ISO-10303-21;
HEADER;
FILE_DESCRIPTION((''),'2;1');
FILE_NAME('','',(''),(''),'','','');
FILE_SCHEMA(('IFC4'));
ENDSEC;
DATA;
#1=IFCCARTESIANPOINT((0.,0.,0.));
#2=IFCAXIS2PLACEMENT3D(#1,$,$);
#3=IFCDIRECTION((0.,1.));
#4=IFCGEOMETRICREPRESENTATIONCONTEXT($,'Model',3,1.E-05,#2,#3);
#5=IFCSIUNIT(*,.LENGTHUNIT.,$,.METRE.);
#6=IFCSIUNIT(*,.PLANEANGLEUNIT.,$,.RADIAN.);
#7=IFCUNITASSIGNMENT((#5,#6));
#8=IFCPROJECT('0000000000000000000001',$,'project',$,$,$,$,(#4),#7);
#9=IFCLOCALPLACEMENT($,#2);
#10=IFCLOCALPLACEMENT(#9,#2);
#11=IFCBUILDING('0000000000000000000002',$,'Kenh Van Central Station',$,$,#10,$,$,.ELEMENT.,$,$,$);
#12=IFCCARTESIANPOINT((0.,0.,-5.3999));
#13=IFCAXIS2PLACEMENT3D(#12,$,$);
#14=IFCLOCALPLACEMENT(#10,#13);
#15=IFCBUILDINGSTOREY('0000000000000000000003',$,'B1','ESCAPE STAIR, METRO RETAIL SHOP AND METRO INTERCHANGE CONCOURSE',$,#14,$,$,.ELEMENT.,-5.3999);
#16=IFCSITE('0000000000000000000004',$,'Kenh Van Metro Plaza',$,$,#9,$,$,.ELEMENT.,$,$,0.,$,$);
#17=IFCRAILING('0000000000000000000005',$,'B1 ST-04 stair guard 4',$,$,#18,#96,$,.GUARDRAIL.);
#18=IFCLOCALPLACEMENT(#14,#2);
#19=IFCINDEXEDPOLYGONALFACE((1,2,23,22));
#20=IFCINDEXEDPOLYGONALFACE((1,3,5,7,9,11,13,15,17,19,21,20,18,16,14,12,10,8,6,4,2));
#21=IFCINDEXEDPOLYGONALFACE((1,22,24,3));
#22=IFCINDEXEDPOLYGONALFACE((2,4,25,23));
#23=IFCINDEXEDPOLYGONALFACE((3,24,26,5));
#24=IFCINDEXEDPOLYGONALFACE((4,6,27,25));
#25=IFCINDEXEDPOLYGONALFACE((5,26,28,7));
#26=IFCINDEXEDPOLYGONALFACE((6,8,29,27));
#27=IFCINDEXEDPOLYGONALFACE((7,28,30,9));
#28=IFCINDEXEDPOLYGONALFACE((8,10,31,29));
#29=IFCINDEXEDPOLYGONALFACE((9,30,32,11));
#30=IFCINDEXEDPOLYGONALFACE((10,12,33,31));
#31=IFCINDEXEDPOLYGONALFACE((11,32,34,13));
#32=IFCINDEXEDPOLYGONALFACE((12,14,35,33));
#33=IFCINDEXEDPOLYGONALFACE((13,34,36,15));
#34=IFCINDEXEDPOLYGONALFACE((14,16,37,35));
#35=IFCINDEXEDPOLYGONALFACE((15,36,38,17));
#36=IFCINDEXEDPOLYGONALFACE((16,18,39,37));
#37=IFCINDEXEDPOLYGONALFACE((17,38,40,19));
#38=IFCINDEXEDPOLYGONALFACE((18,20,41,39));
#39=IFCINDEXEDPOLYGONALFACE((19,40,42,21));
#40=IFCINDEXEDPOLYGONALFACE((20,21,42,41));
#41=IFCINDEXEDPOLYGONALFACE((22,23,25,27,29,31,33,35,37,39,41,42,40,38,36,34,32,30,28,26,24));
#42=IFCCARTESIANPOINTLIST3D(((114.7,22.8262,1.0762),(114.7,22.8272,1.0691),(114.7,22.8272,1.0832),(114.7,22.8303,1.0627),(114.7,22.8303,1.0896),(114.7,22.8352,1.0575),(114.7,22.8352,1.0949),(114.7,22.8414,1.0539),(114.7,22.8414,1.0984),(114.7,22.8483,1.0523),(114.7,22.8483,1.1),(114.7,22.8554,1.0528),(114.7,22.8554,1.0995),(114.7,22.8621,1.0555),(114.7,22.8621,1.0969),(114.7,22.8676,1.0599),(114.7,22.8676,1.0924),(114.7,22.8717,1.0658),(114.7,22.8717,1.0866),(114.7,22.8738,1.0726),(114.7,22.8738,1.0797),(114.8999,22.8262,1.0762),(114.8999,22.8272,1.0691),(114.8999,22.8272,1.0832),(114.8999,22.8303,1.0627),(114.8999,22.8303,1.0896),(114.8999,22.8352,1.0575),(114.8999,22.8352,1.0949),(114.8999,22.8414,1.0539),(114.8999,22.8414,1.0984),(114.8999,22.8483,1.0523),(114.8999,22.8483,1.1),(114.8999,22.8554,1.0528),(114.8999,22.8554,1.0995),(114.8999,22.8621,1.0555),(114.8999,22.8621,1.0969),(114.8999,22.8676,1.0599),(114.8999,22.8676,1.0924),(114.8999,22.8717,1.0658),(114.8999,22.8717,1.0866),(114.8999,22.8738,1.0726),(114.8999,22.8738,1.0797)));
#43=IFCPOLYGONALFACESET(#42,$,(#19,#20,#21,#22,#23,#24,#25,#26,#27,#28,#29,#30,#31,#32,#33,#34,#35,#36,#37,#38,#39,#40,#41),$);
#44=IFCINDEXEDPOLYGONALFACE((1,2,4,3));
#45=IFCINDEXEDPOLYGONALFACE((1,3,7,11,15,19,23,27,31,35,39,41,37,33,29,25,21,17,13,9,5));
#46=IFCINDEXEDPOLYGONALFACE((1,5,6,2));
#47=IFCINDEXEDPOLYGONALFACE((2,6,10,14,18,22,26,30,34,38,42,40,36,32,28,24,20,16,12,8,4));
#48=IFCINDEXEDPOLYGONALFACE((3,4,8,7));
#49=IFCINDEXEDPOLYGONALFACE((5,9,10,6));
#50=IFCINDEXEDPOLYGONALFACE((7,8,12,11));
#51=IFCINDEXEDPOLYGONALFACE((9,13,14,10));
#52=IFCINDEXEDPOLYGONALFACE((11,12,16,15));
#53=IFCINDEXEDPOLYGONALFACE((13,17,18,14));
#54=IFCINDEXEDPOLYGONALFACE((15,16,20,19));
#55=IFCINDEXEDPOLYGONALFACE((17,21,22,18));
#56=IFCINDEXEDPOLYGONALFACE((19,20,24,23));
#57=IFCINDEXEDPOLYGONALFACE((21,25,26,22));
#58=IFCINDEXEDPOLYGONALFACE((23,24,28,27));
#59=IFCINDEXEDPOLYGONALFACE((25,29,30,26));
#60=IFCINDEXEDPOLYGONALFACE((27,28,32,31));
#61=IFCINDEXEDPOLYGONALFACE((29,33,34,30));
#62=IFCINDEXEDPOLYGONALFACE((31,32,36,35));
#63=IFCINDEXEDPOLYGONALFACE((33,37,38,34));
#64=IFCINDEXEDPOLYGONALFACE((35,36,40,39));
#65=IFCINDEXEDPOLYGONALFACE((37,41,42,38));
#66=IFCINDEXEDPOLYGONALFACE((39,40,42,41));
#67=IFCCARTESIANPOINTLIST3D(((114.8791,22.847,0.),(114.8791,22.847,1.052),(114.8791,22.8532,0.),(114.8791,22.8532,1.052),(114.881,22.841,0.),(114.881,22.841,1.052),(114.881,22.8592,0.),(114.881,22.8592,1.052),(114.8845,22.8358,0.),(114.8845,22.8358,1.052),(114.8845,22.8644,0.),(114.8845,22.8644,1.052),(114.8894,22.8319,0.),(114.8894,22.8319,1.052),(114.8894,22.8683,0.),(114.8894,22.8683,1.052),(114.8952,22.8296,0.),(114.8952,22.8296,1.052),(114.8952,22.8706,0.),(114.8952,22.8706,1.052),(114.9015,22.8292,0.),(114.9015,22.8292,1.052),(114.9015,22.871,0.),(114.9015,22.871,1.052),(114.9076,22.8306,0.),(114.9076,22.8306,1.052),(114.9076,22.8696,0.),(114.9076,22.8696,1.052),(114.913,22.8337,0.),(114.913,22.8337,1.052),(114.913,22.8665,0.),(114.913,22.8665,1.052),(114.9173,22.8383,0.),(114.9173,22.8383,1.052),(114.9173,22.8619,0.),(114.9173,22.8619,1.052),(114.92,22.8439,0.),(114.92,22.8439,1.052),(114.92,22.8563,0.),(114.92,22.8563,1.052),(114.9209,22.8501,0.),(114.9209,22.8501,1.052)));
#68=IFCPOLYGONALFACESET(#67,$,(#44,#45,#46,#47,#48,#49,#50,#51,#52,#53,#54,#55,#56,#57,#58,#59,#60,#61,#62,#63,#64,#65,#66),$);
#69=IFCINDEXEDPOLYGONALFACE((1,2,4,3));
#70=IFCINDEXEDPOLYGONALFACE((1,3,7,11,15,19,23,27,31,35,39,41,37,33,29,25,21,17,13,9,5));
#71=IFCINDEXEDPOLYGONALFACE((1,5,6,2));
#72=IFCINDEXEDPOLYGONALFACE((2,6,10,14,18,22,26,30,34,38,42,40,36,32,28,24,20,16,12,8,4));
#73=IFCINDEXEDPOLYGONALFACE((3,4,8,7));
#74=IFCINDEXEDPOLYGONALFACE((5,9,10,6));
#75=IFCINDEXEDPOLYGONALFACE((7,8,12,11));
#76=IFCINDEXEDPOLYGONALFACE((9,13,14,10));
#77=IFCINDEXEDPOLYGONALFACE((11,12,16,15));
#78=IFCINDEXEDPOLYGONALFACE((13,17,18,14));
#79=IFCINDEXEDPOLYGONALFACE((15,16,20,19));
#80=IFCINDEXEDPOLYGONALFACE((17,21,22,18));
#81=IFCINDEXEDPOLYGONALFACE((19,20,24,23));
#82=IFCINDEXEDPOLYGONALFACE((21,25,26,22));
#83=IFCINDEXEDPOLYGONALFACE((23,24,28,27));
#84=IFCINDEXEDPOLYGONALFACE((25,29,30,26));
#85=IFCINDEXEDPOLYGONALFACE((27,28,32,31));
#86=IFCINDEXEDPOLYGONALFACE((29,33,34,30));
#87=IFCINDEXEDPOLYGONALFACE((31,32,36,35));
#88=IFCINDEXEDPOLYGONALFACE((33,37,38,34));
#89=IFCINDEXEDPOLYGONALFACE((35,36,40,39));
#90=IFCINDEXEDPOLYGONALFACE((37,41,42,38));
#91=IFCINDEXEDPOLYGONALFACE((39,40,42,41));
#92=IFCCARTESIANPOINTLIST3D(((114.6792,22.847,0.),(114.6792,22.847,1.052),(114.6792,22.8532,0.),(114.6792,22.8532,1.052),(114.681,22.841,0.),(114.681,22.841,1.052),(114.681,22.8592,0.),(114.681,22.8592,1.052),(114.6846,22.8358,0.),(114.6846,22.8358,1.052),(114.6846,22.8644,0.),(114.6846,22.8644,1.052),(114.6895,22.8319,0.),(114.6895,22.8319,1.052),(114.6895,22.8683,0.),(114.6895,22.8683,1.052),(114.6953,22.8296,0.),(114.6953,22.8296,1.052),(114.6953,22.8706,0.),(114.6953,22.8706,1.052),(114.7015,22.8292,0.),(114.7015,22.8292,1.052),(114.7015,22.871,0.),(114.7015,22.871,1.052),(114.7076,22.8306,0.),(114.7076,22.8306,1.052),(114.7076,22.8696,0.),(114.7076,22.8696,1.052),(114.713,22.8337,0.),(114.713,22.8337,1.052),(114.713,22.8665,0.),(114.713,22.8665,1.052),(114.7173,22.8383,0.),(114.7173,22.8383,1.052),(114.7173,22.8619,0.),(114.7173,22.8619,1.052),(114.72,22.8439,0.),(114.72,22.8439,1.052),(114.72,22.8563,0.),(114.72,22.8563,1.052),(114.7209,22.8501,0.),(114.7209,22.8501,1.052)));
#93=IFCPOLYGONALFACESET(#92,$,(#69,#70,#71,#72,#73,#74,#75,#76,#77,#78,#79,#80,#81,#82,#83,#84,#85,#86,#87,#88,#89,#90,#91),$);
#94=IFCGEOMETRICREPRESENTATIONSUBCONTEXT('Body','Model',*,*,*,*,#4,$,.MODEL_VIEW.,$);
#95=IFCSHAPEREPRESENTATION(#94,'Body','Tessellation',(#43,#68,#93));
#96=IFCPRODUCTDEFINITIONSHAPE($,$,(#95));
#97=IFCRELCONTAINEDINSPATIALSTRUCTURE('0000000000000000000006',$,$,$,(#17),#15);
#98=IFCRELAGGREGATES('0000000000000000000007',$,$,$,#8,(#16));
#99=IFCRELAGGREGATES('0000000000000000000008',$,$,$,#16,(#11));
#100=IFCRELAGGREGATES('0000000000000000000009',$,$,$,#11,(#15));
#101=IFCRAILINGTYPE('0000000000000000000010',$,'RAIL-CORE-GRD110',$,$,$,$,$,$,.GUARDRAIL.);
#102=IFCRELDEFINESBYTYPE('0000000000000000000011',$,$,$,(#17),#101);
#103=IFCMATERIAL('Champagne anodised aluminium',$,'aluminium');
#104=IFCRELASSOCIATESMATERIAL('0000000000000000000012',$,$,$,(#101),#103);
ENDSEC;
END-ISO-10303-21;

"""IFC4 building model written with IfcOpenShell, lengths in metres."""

from ifc_helpers import new_model, si_unit, direction, frame, origin, origin_2d, place, context, subcontext, project, spatial, circle, extrude, material, type_object, element, save


model = new_model("IFC4")

# Units and contexts
model_context = context("Model", 3, precision=1e-05, world=origin(), true_north=direction((0.0, 1.0)))
body_context = subcontext(model_context, "Body", "Model", "MODEL_VIEW")
ifc_project = project(units=[si_unit("LENGTHUNIT", "METRE"), si_unit("PLANEANGLEUNIT", "RADIAN")], contexts=[model_context])

# Site, building, storey
site_placement = place(None, origin())
site = spatial("IfcSite", under=ifc_project, at=site_placement, Name="Kenh Van Metro Plaza", CompositionType="ELEMENT", RefElevation=0.0)
building_placement = place(site_placement, origin())
building = spatial("IfcBuilding", under=site, at=building_placement, Name="Kenh Van Central Station", CompositionType="ELEMENT")
storey_placement = place(building_placement, frame((0.0, 0.0, -5.3999)))
storey = spatial("IfcBuildingStorey", under=building, at=storey_placement, Name="B1", Description="ESCAPE STAIR, METRO RETAIL SHOP AND METRO INTERCHANGE CONCOURSE", CompositionType="ELEMENT", Elevation=-5.3999)

# Shared definitions
ifc_material_1 = material(Name="Champagne anodised aluminium", Category="aluminium")

# Railing
railing_type_1 = type_object("IfcRailingType", Name="RAIL-CORE-GRD110", PredefinedType="GUARDRAIL", material=ifc_material_1)
railing_1_placement = place(storey_placement, frame((114.8999, 22.8501, 0.0)))
element("IfcRailing", 1, at=railing_1_placement, inside=storey, type_object=railing_type_1, Name="B1 ST-04 stair guard 4", PredefinedType="GUARDRAIL", context=body_context, shape_type="SweptSolid", body=[
    extrude(circle(Radius=0.0239, at=origin_2d()), frame((0.0, 0.0, 1.0762), z_axis=(-1.0, 0.0, 0.0), x_axis=(0.0, -1.0, 0.0)), (0.0, 0.0, 1.0), 0.2),
    extrude(circle(Radius=0.021, at=origin_2d()), origin(), (0.0, 0.0, 1.0), 1.052),
    extrude(circle(Radius=0.021, at=origin_2d()), frame((-0.2, 0.0, 0.0)), (0.0, 0.0, 1.0), 1.052),
])

save(model, "model.ifc")
